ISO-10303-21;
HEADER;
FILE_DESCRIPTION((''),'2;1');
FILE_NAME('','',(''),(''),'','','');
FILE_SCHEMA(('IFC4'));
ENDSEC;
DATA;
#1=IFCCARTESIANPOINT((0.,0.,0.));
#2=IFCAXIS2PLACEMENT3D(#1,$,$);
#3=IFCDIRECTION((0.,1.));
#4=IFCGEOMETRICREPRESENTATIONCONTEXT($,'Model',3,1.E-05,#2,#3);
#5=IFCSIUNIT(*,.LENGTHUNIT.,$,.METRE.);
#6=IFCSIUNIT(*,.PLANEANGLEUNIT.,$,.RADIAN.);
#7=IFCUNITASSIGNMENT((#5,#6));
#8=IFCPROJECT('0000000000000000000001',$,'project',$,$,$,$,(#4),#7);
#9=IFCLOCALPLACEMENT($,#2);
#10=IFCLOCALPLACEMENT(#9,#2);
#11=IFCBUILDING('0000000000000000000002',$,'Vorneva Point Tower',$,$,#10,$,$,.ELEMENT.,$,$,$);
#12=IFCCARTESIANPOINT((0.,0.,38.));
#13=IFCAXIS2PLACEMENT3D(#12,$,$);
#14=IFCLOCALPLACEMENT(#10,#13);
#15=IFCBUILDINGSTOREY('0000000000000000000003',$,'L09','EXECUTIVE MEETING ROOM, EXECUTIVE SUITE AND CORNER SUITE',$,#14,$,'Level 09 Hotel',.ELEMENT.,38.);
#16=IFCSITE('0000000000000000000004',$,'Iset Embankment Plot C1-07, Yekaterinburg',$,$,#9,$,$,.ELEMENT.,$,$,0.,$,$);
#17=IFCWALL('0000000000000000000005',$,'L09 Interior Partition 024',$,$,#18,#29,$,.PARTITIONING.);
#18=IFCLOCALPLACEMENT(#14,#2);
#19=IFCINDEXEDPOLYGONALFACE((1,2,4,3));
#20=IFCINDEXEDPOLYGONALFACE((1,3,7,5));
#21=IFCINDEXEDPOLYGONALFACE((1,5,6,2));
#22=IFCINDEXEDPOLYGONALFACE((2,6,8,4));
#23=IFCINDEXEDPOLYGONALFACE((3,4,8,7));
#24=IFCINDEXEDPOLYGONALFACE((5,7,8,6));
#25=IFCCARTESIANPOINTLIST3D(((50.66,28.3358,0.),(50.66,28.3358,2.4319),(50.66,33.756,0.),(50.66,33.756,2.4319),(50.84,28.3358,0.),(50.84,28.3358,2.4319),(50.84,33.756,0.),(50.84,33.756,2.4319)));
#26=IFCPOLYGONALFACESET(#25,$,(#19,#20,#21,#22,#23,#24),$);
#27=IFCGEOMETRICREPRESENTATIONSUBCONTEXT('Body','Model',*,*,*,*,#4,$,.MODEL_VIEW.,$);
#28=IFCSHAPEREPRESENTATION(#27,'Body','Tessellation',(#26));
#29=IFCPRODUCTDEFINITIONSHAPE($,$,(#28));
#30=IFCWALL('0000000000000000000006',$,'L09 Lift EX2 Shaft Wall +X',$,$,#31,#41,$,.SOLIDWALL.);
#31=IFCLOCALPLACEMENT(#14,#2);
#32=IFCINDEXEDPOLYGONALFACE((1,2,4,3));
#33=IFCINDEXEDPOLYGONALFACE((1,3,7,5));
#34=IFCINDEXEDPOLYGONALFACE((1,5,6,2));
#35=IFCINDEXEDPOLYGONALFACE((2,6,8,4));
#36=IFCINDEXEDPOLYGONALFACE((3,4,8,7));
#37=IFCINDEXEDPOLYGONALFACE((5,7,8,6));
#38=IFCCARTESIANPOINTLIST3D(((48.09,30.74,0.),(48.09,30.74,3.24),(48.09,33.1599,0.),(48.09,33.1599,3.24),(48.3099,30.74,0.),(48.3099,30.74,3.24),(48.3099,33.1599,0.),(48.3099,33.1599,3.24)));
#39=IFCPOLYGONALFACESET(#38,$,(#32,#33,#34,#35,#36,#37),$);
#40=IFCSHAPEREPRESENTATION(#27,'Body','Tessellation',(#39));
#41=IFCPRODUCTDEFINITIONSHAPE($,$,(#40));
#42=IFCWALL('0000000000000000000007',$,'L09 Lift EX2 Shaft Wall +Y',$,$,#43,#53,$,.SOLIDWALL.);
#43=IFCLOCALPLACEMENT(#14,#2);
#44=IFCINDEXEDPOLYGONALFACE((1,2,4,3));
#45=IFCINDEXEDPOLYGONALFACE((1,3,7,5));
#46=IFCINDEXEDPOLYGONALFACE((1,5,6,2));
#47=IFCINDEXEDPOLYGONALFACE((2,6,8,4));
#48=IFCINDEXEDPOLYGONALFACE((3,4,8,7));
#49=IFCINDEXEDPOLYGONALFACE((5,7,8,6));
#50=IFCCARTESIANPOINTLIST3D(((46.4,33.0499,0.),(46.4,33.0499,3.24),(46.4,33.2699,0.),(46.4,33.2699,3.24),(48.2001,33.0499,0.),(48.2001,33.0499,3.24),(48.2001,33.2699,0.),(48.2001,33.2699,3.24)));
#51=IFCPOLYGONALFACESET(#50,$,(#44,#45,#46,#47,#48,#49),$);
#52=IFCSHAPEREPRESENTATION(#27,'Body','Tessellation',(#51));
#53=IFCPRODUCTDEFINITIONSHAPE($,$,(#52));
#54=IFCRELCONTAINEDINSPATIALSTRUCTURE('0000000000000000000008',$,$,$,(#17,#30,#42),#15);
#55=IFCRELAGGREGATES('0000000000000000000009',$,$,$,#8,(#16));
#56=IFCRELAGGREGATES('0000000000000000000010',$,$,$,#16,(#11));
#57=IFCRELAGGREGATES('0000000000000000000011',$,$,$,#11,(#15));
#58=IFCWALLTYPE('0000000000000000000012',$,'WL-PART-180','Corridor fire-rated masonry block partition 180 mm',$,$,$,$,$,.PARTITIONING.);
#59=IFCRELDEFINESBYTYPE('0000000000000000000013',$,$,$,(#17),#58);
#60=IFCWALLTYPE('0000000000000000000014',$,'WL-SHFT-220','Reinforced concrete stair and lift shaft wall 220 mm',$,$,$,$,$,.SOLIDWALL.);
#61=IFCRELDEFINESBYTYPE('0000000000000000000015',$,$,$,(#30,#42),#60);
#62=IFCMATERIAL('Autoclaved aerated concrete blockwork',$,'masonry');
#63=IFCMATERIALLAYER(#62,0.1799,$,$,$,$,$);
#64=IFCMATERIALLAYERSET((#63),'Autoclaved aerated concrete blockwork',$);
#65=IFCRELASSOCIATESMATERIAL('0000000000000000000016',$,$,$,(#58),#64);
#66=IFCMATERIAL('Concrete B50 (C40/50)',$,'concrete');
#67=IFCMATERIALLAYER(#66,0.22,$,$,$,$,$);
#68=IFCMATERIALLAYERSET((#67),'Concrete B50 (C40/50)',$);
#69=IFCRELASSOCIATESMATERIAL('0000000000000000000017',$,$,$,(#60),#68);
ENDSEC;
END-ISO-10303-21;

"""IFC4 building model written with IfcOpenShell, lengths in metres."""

from ifc_helpers import new_model, si_unit, direction, frame, frame_2d, origin, place, context, subcontext, project, spatial, rectangle, extrude, material, layer, layer_set, type_object, element, save


model = new_model("IFC4")

# Units and contexts
model_context = context("Model", 3, precision=1e-05, world=origin(), true_north=direction((0.0, 1.0)))
body_context = subcontext(model_context, "Body", "Model", "MODEL_VIEW")
ifc_project = project(units=[si_unit("LENGTHUNIT", "METRE"), si_unit("PLANEANGLEUNIT", "RADIAN")], contexts=[model_context])

# Site, building, storey
site_placement = place(None, origin())
site = spatial("IfcSite", under=ifc_project, at=site_placement, Name="Iset Embankment Plot C1-07, Yekaterinburg", CompositionType="ELEMENT", RefElevation=0.0)
building_placement = place(site_placement, origin())
building = spatial("IfcBuilding", under=site, at=building_placement, Name="Vorneva Point Tower", CompositionType="ELEMENT")
storey_placement = place(building_placement, frame((0.0, 0.0, 38.0)))
storey = spatial("IfcBuildingStorey", under=building, at=storey_placement, Name="L09", Description="EXECUTIVE MEETING ROOM, EXECUTIVE SUITE AND CORNER SUITE", LongName="Level 09 Hotel", CompositionType="ELEMENT", Elevation=38.0)

# Shared definitions
ifc_material_1 = material(Name="Autoclaved aerated concrete blockwork", Category="masonry")
ifc_layer_1 = layer(ifc_material_1, 0.1799)
ifc_layer_set_1 = layer_set([ifc_layer_1], Name="Autoclaved aerated concrete blockwork")
wall_type_1 = type_object("IfcWallType", Name="WL-PART-180", Description="Corridor fire-rated masonry block partition 180 mm", PredefinedType="PARTITIONING", material=ifc_layer_set_1)

# Walls
wall_1_placement = place(storey_placement, frame((50.75, 28.3359, 0.0), z_axis=(0.0, 0.0, 1.0), x_axis=(0.0, 1.0, 0.0)))
element("IfcWall", 1, at=wall_1_placement, inside=storey, type_object=wall_type_1, Name="L09 Interior Partition 024", PredefinedType="PARTITIONING", context=body_context, shape_type="SweptSolid", body=[
    extrude(rectangle(XDim=5.4202, YDim=0.1799, at=frame_2d((2.71, 0.0))), origin(), (0.0, 0.0, 1.0), 2.4319),
])
ifc_material_2 = material(Name="Concrete B50 (C40/50)", Category="concrete")
ifc_layer_2 = layer(ifc_material_2, 0.22)
ifc_layer_set_2 = layer_set([ifc_layer_2], Name="Concrete B50 (C40/50)")
wall_type_2 = type_object("IfcWallType", Name="WL-SHFT-220", Description="Reinforced concrete stair and lift shaft wall 220 mm", PredefinedType="SOLIDWALL", material=ifc_layer_set_2)
wall_2_placement = place(storey_placement, frame((48.2, 30.74, 0.0), z_axis=(0.0, 0.0, 1.0), x_axis=(0.0, 1.0, 0.0)))
element("IfcWall", 2, at=wall_2_placement, inside=storey, type_object=wall_type_2, Name="L09 Lift EX2 Shaft Wall +X", PredefinedType="SOLIDWALL", context=body_context, shape_type="SweptSolid", body=[
    extrude(rectangle(XDim=2.4199, YDim=0.22, at=frame_2d((1.21, 0.0))), origin(), (0.0, 0.0, 1.0), 3.24),
])
wall_3_placement = place(storey_placement, frame((48.2, 33.1599, 0.0), z_axis=(0.0, 0.0, 1.0), x_axis=(-1.0, 0.0, 0.0)))
element("IfcWall", 3, at=wall_3_placement, inside=storey, type_object=wall_type_2, Name="L09 Lift EX2 Shaft Wall +Y", PredefinedType="SOLIDWALL", context=body_context, shape_type="SweptSolid", body=[
    extrude(rectangle(XDim=1.8, YDim=0.22, at=frame_2d((0.8999, 0.0))), origin(), (0.0, 0.0, 1.0), 3.24),
])

save(model, "model.ifc")
